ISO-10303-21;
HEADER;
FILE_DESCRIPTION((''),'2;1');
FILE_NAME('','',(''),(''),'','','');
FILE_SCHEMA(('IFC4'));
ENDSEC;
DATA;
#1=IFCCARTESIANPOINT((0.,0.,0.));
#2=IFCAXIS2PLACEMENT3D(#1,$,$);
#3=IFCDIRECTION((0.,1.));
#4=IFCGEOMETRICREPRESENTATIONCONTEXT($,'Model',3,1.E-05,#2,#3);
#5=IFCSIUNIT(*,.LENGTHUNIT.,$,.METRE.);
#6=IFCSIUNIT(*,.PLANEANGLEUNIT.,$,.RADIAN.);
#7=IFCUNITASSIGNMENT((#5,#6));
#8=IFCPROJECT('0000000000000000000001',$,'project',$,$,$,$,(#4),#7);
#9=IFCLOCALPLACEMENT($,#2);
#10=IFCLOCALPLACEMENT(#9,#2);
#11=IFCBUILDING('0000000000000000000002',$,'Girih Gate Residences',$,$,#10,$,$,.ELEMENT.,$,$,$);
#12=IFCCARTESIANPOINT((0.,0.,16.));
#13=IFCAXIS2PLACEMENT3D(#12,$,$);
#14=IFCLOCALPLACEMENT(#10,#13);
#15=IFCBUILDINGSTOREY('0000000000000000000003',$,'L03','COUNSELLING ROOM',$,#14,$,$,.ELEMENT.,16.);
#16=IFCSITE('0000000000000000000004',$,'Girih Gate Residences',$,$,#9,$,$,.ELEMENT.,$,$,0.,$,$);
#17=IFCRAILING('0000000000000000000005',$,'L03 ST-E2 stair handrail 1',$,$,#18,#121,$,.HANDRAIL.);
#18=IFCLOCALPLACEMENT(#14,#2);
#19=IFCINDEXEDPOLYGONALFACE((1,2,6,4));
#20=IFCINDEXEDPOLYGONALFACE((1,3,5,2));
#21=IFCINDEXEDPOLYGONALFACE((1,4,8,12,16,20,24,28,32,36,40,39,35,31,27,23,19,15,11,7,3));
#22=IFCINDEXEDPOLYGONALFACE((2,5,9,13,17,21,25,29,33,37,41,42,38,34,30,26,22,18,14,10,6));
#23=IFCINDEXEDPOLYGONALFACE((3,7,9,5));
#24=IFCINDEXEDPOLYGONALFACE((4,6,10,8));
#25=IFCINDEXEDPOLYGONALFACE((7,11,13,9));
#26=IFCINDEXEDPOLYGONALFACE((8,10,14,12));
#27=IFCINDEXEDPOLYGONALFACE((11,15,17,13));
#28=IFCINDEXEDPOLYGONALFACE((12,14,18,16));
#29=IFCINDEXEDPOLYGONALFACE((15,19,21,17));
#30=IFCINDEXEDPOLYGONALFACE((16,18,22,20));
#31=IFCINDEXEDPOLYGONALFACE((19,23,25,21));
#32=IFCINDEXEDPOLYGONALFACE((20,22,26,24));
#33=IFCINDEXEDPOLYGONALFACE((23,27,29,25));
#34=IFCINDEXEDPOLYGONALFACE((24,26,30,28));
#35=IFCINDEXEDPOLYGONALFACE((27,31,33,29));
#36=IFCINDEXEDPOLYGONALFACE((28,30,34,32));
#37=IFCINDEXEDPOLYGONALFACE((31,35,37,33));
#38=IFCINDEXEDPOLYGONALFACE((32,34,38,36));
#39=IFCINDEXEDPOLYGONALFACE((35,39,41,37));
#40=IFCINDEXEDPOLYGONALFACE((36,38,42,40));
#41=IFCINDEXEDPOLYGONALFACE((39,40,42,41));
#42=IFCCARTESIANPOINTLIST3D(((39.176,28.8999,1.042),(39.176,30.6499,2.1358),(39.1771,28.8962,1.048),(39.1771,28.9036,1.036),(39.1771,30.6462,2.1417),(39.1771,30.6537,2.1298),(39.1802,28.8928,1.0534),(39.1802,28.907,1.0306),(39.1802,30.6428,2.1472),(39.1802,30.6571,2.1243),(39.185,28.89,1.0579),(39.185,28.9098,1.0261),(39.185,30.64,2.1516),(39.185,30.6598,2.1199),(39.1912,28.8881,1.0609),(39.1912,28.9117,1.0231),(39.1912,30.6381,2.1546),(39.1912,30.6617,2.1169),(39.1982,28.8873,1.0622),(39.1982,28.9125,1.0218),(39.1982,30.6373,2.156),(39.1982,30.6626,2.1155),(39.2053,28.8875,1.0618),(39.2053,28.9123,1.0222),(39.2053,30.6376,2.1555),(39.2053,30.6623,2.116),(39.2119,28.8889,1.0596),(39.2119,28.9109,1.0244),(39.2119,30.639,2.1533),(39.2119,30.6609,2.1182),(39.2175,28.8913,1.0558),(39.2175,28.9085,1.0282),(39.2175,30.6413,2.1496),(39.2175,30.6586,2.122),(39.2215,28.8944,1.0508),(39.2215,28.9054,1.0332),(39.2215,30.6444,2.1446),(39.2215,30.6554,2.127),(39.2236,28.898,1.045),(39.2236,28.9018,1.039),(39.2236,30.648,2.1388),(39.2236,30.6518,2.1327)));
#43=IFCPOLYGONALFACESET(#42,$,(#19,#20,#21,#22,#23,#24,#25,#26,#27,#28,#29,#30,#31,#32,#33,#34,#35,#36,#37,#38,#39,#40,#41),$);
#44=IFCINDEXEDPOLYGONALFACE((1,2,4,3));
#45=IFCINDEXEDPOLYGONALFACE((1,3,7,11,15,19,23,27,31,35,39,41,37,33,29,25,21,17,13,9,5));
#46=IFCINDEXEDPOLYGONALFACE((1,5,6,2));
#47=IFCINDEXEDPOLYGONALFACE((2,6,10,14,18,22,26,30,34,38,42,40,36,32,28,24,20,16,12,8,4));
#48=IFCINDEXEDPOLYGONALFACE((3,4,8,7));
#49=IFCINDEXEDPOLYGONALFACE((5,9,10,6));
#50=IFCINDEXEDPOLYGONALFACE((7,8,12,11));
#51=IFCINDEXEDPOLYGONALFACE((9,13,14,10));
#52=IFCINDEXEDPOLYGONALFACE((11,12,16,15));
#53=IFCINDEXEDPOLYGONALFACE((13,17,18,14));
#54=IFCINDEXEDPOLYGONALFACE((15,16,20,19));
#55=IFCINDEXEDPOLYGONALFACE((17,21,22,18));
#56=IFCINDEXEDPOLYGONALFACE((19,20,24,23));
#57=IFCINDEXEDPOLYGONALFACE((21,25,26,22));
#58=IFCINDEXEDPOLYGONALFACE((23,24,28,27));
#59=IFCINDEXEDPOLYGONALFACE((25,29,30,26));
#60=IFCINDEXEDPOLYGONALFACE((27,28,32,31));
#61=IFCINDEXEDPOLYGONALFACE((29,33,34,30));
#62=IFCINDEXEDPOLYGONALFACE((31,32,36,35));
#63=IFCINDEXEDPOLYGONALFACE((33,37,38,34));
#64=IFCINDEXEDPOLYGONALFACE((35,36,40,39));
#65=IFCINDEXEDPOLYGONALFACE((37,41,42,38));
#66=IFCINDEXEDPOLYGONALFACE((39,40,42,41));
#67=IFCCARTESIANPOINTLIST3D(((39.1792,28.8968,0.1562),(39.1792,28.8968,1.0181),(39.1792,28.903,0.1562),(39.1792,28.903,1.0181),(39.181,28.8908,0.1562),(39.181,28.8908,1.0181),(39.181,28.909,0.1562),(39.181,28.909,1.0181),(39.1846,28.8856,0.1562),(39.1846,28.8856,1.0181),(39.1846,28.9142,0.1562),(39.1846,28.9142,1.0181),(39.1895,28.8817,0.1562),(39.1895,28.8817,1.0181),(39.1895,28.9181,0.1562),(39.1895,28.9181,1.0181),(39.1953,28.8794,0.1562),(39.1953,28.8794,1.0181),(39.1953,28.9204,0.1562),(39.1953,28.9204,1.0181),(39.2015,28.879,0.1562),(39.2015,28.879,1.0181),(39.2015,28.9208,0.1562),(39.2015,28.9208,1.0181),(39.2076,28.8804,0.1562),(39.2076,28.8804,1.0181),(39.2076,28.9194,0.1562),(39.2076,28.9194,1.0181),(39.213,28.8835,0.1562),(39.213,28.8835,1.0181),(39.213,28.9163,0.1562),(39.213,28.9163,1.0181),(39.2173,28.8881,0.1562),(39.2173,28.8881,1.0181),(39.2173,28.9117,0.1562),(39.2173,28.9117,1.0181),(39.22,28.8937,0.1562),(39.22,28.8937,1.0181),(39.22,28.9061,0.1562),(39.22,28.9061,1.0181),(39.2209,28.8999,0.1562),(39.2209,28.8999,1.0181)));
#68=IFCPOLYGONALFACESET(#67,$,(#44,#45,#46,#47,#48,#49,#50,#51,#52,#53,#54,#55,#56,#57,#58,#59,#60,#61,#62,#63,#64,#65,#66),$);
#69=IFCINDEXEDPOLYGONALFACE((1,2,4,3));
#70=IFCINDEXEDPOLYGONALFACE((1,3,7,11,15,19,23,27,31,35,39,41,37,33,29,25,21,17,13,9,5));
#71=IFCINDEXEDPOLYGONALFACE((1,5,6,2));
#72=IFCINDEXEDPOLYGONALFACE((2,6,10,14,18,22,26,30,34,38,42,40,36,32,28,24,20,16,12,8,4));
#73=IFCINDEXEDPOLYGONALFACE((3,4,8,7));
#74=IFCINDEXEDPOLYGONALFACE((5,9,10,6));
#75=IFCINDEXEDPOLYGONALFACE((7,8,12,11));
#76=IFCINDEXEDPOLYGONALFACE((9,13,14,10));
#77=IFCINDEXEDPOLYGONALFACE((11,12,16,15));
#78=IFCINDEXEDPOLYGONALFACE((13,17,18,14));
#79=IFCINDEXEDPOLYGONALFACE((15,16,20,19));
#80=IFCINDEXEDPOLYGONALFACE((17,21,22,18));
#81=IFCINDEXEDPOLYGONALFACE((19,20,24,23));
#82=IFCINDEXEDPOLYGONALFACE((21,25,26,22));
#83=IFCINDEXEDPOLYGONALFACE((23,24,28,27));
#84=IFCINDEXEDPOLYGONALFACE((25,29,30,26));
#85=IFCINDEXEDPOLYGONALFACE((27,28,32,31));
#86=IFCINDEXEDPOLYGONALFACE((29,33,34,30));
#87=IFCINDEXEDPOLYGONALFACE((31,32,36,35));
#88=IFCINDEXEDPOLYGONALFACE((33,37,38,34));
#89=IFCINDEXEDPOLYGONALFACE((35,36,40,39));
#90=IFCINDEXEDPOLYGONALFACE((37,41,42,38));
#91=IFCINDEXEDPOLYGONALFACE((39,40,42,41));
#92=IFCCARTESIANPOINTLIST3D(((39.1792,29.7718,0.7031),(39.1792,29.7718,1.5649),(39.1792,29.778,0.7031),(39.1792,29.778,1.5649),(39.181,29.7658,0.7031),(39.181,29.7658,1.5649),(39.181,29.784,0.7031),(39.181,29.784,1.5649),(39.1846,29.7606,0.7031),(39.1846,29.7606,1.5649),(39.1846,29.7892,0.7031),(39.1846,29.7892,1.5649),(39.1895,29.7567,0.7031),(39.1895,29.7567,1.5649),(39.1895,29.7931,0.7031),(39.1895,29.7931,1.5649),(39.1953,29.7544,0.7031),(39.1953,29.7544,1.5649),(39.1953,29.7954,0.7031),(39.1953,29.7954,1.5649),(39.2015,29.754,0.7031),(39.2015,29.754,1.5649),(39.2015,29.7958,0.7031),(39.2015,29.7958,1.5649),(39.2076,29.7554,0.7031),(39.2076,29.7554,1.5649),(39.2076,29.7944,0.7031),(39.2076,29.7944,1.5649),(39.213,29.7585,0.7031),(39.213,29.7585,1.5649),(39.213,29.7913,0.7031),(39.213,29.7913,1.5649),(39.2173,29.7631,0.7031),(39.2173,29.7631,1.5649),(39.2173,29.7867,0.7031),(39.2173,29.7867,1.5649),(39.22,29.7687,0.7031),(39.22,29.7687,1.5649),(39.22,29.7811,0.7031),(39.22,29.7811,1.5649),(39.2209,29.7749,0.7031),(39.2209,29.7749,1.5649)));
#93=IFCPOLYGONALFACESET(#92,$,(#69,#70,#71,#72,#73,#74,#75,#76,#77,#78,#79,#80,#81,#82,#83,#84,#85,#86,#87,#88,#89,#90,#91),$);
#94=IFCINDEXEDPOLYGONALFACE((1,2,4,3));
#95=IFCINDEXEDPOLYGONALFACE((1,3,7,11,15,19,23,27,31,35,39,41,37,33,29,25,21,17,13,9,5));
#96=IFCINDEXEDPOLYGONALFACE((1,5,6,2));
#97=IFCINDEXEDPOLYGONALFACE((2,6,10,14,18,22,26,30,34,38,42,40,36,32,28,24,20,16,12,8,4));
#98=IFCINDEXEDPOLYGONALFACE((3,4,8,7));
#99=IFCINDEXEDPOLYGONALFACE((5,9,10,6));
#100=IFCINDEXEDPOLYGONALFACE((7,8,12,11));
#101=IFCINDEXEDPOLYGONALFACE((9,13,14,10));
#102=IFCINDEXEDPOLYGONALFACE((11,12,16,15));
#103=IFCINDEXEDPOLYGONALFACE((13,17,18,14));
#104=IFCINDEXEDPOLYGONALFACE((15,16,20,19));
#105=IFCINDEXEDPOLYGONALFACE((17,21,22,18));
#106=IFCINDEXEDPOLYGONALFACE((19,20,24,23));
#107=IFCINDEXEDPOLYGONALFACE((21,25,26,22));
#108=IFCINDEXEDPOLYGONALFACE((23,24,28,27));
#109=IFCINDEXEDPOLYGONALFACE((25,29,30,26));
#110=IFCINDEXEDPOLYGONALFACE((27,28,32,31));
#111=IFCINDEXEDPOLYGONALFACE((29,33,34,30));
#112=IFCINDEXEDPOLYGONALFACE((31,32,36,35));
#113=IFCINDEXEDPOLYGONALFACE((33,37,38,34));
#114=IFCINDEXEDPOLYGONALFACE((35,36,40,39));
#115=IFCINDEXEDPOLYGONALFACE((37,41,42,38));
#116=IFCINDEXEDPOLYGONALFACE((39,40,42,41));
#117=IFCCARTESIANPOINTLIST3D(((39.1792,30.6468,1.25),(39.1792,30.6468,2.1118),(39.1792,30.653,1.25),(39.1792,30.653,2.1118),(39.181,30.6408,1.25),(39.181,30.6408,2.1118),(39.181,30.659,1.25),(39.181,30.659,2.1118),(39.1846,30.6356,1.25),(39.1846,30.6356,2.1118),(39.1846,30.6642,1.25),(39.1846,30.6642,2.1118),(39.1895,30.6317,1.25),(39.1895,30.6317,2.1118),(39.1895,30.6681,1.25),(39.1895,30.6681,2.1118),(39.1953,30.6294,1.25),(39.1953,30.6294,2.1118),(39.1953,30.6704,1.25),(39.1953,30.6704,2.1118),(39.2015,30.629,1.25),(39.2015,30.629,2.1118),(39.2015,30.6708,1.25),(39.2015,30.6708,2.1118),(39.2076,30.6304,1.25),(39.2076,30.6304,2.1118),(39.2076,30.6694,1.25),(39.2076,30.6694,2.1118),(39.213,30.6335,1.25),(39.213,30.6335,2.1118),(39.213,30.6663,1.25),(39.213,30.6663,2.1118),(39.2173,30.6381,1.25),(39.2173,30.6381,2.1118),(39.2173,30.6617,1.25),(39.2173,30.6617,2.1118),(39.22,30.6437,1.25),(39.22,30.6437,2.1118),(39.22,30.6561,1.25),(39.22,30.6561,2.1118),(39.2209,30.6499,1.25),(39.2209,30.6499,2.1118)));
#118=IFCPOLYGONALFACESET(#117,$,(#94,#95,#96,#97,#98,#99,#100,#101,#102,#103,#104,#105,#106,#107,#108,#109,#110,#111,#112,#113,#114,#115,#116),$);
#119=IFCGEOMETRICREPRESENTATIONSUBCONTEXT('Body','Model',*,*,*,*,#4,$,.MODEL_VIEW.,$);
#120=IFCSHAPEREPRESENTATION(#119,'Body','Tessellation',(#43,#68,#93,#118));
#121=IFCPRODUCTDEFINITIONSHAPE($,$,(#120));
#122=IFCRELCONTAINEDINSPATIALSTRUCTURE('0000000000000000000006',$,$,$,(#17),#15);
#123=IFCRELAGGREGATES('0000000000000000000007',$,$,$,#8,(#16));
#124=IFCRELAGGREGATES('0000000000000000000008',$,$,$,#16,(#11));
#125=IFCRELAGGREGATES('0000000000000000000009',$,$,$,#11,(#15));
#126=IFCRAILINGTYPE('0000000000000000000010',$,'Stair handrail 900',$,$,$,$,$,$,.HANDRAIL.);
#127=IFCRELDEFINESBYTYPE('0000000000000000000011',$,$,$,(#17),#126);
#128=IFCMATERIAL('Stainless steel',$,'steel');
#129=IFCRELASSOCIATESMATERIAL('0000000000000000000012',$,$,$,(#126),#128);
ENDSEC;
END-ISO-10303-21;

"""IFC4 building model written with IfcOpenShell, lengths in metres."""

from ifc_helpers import new_model, si_unit, direction, frame, origin, origin_2d, place, context, subcontext, project, spatial, circle, extrude, material, type_object, element, save


model = new_model("IFC4")

# Units and contexts
model_context = context("Model", 3, precision=1e-05, world=origin(), true_north=direction((0.0, 1.0)))
body_context = subcontext(model_context, "Body", "Model", "MODEL_VIEW")
ifc_project = project(units=[si_unit("LENGTHUNIT", "METRE"), si_unit("PLANEANGLEUNIT", "RADIAN")], contexts=[model_context])

# Site, building, storey
site_placement = place(None, origin())
site = spatial("IfcSite", under=ifc_project, at=site_placement, Name="Girih Gate Residences", CompositionType="ELEMENT", RefElevation=0.0)
building_placement = place(site_placement, origin())
building = spatial("IfcBuilding", under=site, at=building_placement, Name="Girih Gate Residences", CompositionType="ELEMENT")
storey_placement = place(building_placement, frame((0.0, 0.0, 16.0)))
storey = spatial("IfcBuildingStorey", under=building, at=storey_placement, Name="L03", Description="COUNSELLING ROOM", CompositionType="ELEMENT", Elevation=16.0)

# Railing
ifc_material_1 = material(Name="Stainless steel", Category="steel")
railing_type_1 = type_object("IfcRailingType", Name="Stair handrail 900", PredefinedType="HANDRAIL", material=ifc_material_1)
railing_1_placement = place(storey_placement, frame((39.2, 28.8999, 0.1562)))
element("IfcRailing", 1, at=railing_1_placement, inside=storey, type_object=railing_type_1, Name="L03 ST-E2 stair handrail 1", PredefinedType="HANDRAIL", context=body_context, shape_type="SweptSolid", body=[
    extrude(circle(Radius=0.0239, at=origin_2d()), frame((0.0, 0.0, 0.8857), z_axis=(0.0, 0.847998, 0.529999), x_axis=(-1.0, 0.0, 0.0)), (0.0, 0.0, 1.0), 2.0637),
    extrude(circle(Radius=0.021, at=origin_2d()), origin(), (0.0, 0.0, 1.0), 0.8618),
    extrude(circle(Radius=0.021, at=origin_2d()), frame((0.0, 0.875, 0.5469)), (0.0, 0.0, 1.0), 0.8618),
    extrude(circle(Radius=0.021, at=origin_2d()), frame((0.0, 1.75, 1.0938)), (0.0, 0.0, 1.0), 0.8618),
])

save(model, "model.ifc")
